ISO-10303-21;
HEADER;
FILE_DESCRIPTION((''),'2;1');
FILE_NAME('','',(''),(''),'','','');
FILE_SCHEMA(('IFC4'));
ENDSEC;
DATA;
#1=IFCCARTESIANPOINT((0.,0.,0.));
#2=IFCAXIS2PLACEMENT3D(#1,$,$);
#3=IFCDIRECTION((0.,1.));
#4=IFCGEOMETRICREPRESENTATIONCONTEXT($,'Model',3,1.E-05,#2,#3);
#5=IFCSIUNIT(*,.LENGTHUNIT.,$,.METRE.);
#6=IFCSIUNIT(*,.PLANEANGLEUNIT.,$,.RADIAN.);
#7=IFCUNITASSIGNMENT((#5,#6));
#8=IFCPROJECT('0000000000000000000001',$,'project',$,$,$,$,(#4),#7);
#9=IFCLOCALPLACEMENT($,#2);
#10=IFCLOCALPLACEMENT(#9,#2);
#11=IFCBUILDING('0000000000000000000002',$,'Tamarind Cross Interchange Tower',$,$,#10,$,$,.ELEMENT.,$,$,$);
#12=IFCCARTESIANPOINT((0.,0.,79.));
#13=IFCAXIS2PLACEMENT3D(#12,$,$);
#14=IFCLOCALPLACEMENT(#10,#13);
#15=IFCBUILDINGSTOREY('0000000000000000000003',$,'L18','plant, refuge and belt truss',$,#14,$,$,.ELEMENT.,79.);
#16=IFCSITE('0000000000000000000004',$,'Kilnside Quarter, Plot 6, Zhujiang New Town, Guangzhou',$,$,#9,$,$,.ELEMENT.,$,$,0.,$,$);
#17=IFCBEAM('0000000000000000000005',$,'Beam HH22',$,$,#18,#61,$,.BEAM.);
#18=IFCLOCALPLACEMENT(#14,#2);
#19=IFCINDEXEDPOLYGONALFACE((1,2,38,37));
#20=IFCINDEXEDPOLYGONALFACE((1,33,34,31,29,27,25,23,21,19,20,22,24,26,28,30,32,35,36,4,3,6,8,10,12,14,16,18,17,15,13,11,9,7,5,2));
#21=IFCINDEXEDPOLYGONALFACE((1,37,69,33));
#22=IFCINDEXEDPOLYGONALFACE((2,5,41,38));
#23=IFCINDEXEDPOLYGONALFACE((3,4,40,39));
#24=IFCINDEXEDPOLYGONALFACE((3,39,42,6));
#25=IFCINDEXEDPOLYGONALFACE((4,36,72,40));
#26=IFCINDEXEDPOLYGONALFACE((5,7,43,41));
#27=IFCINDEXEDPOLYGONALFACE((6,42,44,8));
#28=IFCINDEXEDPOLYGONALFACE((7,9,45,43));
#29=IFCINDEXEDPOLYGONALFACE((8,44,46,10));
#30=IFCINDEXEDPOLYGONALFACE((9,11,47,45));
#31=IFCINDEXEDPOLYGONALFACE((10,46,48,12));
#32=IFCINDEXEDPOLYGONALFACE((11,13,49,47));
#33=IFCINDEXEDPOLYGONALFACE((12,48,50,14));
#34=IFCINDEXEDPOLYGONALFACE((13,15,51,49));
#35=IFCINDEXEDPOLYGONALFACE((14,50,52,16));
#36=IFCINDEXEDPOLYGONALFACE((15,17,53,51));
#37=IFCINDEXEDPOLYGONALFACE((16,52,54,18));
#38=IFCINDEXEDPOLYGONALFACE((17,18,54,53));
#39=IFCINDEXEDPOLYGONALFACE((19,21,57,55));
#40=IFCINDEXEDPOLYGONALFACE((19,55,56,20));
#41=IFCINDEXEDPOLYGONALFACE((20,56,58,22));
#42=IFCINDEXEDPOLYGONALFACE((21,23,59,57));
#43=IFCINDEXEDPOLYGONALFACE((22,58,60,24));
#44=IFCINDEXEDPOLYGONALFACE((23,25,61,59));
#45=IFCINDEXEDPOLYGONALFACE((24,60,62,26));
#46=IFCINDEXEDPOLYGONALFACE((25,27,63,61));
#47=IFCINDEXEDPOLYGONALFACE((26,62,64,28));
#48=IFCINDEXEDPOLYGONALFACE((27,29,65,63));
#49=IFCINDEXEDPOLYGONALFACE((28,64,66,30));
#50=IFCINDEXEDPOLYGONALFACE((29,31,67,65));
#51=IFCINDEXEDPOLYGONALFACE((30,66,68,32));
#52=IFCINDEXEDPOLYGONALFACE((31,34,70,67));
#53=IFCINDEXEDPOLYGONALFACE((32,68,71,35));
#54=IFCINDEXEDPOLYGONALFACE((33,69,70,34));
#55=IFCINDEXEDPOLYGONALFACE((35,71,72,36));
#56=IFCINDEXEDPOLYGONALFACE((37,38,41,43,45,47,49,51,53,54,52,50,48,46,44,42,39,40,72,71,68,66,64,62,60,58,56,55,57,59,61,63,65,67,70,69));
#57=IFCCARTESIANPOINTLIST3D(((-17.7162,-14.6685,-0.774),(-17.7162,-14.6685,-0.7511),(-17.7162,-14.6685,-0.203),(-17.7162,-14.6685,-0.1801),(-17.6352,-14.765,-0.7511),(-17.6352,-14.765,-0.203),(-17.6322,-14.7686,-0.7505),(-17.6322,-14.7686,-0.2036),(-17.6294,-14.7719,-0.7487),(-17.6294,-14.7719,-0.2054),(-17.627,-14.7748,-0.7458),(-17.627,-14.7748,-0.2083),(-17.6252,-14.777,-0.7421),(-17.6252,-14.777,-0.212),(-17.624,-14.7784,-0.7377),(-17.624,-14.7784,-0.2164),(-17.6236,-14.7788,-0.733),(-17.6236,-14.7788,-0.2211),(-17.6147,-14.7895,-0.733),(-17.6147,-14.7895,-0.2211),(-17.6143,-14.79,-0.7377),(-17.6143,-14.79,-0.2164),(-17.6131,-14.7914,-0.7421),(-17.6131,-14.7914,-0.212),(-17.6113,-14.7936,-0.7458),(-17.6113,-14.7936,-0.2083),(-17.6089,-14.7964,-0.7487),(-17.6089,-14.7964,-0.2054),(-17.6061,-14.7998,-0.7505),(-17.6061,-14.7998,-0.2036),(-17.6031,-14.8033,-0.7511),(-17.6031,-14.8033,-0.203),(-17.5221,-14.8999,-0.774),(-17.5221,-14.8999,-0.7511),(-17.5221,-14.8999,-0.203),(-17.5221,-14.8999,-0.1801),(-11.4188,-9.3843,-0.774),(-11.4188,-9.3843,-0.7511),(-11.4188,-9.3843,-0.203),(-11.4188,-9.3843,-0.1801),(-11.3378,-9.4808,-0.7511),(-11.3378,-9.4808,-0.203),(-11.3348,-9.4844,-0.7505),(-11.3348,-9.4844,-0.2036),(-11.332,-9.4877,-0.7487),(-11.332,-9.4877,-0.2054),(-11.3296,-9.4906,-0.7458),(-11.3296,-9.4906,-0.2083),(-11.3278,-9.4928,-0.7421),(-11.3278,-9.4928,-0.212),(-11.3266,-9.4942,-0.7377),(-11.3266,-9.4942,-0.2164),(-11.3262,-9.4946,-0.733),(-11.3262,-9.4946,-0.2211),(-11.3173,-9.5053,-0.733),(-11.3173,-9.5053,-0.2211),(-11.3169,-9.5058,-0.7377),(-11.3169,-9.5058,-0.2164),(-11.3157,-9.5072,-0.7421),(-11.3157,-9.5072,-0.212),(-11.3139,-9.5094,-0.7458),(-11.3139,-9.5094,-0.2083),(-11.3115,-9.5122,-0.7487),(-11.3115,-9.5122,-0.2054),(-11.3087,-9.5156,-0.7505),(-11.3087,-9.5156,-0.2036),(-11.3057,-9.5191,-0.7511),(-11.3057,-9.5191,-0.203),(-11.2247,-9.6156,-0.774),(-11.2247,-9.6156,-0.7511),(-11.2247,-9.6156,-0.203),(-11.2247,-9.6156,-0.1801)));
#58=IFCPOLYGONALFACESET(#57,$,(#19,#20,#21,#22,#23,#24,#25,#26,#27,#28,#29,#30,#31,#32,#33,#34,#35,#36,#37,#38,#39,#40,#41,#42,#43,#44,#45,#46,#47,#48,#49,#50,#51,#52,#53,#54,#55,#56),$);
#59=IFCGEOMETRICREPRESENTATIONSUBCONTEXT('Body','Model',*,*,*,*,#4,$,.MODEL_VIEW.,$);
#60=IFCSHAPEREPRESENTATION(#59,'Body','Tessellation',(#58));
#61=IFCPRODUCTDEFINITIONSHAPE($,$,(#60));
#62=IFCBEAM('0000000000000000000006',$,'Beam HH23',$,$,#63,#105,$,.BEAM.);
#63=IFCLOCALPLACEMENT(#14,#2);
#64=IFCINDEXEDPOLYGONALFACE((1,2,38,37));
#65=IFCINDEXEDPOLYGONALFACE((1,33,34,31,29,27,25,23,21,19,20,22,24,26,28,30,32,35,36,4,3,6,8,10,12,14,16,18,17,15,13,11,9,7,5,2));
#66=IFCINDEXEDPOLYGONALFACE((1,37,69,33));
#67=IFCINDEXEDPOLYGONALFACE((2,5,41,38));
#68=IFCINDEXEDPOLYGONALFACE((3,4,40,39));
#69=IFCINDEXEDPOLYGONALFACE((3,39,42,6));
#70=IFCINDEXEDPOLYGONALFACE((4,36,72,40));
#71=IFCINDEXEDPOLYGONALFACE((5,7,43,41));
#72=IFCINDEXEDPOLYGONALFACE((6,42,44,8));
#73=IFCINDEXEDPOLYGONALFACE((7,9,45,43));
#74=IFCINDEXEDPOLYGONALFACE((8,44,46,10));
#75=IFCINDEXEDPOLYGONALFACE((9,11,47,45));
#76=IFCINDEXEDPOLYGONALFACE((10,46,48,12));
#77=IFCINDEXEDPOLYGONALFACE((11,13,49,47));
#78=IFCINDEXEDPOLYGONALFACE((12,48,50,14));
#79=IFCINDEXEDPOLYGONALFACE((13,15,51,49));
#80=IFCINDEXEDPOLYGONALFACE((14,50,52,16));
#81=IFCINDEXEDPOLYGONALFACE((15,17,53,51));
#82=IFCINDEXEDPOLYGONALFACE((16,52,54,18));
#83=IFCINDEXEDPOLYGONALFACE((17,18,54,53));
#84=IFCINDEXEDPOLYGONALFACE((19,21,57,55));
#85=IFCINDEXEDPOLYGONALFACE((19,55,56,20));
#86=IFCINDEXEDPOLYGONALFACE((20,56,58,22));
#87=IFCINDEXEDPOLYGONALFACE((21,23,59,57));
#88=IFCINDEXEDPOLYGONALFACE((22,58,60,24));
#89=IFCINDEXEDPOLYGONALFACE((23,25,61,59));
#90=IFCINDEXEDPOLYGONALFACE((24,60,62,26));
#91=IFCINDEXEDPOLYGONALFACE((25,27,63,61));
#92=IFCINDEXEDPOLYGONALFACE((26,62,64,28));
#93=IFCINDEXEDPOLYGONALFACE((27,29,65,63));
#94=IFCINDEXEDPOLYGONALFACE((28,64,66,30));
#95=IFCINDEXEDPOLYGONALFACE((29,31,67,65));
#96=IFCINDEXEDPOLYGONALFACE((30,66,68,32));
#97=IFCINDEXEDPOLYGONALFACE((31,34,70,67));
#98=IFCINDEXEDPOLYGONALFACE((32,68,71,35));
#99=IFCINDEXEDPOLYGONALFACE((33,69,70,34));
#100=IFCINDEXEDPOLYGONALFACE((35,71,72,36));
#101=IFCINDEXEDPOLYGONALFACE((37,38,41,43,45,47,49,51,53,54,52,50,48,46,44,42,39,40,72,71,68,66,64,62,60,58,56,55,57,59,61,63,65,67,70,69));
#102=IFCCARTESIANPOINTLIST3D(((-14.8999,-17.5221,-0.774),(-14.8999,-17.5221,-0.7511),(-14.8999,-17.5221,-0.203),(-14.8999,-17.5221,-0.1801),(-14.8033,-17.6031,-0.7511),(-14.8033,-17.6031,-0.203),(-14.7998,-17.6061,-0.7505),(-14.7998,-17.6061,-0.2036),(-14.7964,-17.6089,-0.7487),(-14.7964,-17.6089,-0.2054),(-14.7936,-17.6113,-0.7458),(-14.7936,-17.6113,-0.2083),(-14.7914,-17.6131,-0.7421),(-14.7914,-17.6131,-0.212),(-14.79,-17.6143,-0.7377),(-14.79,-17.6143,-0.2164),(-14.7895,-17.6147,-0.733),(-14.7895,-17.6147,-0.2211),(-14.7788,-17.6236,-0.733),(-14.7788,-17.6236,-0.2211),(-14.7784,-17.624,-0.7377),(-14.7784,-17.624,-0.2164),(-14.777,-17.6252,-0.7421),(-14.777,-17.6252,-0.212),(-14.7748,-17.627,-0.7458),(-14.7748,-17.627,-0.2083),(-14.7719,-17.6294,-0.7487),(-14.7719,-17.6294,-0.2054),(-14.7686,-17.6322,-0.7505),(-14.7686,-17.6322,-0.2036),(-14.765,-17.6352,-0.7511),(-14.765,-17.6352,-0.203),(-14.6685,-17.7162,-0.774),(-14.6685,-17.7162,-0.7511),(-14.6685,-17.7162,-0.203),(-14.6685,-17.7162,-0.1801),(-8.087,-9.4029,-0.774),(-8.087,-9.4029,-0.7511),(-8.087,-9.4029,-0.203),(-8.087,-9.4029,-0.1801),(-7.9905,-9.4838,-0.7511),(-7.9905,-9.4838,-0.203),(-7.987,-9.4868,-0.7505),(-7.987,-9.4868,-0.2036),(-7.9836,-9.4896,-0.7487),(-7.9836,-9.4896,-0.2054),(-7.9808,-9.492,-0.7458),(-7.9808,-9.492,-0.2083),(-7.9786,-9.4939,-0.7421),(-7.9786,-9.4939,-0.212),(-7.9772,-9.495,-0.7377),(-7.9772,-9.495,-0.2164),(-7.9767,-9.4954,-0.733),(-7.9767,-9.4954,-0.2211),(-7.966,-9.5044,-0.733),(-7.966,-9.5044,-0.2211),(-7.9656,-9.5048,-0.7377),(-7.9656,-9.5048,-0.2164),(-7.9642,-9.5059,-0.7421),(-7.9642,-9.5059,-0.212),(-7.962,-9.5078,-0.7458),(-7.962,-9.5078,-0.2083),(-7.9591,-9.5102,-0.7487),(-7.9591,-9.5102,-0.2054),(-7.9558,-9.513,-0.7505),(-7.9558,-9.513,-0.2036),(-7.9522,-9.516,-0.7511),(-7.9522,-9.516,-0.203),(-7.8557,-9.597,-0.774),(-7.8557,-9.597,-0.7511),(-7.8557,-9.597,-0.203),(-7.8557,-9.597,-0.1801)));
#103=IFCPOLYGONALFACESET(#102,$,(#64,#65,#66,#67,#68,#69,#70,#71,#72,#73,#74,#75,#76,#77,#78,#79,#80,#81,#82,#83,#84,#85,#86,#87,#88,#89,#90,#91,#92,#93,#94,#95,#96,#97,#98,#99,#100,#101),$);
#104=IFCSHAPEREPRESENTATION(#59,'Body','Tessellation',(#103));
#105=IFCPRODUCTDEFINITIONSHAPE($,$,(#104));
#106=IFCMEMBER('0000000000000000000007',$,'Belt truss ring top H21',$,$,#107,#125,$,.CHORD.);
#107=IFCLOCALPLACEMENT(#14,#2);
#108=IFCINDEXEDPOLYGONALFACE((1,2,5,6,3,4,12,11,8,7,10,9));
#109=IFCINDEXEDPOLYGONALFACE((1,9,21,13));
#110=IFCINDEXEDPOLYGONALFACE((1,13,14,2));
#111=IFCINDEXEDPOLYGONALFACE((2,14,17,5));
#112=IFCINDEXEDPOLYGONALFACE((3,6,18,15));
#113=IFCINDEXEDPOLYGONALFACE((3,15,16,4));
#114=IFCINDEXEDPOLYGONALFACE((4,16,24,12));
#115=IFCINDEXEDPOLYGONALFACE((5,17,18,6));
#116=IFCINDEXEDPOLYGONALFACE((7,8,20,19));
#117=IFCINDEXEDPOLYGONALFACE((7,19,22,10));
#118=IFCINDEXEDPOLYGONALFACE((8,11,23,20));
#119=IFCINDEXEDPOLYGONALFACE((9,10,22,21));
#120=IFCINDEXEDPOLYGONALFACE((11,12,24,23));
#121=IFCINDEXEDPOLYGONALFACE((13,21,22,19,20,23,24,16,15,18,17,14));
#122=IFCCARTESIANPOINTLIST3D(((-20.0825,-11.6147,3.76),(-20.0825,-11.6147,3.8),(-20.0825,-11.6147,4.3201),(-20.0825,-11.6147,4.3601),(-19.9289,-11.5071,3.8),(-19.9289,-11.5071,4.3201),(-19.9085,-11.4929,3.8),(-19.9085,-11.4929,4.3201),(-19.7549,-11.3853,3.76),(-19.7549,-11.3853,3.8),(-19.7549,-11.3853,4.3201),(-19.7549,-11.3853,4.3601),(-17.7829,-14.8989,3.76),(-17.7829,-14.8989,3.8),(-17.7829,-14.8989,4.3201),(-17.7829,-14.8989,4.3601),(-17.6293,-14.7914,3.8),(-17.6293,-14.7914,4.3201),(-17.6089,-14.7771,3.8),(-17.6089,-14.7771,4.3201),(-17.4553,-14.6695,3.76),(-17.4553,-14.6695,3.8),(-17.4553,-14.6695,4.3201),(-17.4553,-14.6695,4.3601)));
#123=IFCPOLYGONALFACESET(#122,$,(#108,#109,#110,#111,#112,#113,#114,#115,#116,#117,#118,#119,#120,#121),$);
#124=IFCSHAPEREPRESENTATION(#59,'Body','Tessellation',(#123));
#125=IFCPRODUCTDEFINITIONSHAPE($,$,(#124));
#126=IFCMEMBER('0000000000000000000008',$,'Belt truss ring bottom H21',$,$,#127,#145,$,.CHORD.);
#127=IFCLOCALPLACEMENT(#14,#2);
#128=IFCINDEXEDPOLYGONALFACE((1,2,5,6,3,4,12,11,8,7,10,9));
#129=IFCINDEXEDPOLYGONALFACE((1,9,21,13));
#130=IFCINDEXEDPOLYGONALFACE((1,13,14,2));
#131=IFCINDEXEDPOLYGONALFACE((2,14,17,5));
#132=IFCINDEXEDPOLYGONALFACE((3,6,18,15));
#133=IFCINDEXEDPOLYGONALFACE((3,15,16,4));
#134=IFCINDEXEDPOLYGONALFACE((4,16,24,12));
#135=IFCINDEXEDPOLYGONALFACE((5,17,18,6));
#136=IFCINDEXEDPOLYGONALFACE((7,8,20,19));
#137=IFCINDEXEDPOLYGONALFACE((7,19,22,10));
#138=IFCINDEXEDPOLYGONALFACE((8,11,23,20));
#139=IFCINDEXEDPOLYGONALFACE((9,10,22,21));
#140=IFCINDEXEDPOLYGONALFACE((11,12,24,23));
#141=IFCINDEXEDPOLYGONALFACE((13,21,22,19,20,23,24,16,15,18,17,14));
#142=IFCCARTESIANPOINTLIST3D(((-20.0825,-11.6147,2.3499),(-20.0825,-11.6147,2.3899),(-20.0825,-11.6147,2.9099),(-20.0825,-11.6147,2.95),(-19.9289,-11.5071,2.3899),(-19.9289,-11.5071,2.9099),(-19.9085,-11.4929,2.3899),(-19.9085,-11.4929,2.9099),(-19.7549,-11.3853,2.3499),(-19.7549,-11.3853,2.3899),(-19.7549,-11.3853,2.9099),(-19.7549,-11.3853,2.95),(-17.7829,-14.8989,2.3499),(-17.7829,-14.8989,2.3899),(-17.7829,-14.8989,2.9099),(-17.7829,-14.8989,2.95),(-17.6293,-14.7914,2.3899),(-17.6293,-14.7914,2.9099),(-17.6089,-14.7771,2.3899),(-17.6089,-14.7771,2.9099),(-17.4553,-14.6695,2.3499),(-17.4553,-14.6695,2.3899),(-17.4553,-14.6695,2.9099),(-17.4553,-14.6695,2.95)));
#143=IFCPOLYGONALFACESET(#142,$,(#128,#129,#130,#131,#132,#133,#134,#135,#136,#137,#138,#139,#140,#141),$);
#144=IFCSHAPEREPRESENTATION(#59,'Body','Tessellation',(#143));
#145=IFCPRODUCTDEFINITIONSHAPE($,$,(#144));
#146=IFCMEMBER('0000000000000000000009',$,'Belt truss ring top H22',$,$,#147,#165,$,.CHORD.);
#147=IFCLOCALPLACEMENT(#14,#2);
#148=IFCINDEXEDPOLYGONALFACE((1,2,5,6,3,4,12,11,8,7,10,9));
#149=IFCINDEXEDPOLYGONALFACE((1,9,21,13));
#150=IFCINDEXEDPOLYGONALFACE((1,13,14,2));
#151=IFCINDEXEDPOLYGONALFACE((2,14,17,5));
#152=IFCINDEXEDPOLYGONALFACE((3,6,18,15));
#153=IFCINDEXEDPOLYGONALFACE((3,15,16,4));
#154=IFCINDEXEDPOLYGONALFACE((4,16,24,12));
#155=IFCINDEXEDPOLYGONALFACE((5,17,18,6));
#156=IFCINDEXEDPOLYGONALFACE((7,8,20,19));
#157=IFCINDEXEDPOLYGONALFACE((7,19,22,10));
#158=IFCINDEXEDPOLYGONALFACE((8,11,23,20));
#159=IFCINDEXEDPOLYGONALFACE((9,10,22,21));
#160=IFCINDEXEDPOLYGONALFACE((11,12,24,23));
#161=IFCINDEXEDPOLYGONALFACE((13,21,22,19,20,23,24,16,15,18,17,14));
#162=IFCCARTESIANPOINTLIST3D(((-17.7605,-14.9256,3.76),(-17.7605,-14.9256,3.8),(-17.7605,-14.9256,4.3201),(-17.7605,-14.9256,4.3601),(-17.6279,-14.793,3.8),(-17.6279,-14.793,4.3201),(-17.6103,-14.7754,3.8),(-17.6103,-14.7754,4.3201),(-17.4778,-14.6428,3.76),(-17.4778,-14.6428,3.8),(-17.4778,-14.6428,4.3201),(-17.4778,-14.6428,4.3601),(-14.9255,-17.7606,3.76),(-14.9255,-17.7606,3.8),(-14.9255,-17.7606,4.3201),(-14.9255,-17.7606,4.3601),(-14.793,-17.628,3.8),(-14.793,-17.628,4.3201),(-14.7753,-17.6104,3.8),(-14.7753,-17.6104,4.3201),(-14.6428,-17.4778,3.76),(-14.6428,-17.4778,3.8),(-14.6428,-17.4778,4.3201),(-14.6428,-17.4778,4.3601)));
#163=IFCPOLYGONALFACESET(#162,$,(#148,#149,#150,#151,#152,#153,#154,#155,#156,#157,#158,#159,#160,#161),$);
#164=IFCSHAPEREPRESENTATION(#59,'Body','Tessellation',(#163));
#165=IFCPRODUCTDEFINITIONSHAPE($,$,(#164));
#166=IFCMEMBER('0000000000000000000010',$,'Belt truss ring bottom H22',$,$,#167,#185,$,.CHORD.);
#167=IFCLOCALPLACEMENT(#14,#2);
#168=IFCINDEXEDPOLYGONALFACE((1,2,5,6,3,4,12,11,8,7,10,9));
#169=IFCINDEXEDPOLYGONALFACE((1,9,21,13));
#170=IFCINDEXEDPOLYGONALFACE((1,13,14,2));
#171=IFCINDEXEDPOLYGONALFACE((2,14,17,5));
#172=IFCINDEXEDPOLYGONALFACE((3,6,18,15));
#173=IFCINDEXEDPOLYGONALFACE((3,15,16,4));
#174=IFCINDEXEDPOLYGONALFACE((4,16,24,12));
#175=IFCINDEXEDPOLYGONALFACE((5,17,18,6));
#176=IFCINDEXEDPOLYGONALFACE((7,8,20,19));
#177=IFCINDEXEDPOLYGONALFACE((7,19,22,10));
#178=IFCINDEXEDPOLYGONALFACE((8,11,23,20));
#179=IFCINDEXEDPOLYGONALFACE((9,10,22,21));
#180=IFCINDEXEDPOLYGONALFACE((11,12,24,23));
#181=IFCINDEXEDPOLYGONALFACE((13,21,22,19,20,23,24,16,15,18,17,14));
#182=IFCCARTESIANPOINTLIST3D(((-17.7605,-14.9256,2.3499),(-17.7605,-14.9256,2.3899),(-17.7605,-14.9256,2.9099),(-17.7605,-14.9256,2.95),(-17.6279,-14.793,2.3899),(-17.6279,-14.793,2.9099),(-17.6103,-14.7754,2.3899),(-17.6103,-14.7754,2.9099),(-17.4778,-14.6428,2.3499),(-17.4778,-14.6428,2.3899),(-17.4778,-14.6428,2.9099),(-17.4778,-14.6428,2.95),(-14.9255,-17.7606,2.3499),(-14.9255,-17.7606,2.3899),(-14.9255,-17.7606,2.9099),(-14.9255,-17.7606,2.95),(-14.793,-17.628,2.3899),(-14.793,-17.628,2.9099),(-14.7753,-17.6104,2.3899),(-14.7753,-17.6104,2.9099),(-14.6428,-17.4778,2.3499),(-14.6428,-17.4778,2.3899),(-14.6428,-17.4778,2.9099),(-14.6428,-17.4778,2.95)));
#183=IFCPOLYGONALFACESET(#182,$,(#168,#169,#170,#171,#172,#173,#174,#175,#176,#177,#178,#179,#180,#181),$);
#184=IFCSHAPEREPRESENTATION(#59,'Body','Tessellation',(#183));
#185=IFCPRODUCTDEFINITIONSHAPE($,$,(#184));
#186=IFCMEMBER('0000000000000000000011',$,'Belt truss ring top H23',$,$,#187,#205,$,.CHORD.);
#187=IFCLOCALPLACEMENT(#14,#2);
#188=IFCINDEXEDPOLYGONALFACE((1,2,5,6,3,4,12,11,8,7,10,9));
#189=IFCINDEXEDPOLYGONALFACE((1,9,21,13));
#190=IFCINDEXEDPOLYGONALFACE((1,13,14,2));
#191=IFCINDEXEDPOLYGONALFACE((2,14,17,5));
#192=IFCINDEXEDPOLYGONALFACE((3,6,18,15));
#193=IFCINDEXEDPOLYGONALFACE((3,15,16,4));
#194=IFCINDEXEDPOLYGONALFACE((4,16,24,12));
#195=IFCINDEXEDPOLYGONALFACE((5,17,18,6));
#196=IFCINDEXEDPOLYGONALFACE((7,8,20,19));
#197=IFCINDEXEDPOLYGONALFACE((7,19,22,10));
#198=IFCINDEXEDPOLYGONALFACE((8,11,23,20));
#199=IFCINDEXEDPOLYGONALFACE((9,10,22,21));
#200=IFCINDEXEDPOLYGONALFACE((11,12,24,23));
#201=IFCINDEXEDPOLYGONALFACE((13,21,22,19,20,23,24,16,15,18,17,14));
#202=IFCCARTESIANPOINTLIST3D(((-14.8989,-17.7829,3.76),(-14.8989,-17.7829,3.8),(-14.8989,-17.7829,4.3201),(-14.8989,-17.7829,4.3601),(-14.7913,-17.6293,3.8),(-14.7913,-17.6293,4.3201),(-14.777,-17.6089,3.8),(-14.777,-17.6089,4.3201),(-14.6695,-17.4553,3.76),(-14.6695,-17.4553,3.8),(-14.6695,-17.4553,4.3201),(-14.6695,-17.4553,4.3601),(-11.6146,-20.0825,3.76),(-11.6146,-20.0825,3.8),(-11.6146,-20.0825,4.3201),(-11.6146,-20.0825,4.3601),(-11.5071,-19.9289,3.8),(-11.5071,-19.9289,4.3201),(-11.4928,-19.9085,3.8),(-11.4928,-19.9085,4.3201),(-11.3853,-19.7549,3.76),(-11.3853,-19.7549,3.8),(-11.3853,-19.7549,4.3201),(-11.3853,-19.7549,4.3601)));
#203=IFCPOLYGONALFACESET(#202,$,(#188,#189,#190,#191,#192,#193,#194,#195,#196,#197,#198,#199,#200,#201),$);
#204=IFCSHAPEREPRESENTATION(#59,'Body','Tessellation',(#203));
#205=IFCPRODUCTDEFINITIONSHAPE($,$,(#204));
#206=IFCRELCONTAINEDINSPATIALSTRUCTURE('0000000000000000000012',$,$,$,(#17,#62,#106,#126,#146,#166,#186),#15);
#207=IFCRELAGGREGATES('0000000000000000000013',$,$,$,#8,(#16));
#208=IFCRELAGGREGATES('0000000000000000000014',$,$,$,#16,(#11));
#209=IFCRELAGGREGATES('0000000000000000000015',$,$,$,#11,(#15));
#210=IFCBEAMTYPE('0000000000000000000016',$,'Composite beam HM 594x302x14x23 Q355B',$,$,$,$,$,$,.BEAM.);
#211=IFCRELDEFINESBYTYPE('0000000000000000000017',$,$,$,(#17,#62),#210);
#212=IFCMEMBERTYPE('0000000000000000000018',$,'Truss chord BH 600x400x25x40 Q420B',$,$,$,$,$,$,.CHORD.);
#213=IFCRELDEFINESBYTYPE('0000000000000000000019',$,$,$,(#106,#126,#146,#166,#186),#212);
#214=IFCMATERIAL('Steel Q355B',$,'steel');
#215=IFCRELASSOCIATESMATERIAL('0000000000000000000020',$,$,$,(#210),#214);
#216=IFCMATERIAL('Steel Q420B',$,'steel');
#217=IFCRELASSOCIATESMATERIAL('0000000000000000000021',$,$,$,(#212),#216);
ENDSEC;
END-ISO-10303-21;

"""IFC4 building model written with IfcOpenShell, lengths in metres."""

from ifc_helpers import new_model, si_unit, direction, frame, origin, origin_2d, place, context, subcontext, project, spatial, i_section, extrude, material, material_profile, profile_set, type_object, element, save


model = new_model("IFC4")

# Units and contexts
model_context = context("Model", 3, precision=1e-05, world=origin(), true_north=direction((0.0, 1.0)))
body_context = subcontext(model_context, "Body", "Model", "MODEL_VIEW")
ifc_project = project(units=[si_unit("LENGTHUNIT", "METRE"), si_unit("PLANEANGLEUNIT", "RADIAN")], contexts=[model_context])

# Site, building, storey
site_placement = place(None, origin())
site = spatial("IfcSite", under=ifc_project, at=site_placement, Name="Kilnside Quarter, Plot 6, Zhujiang New Town, Guangzhou", CompositionType="ELEMENT", RefElevation=0.0)
building_placement = place(site_placement, origin())
building = spatial("IfcBuilding", under=site, at=building_placement, Name="Tamarind Cross Interchange Tower", CompositionType="ELEMENT")
storey_placement = place(building_placement, frame((0.0, 0.0, 79.0)))
storey = spatial("IfcBuildingStorey", under=building, at=storey_placement, Name="L18", Description="plant, refuge and belt truss", CompositionType="ELEMENT", Elevation=79.0)

# Beams
ifc_material_1 = material(Name="Steel Q355B", Category="steel")
ifc_material_profile_1 = material_profile(ifc_material_1, i_section(OverallWidth=0.302, OverallDepth=0.594, WebThickness=0.0139, FlangeThickness=0.0229, FilletRadius=0.0181, at=origin_2d()), Name="HM 594x302x14x23")
ifc_profile_set_1 = profile_set([ifc_material_profile_1], Name="Steel Q355B")
beam_type = type_object("IfcBeamType", Name="Composite beam HM 594x302x14x23 Q355B", PredefinedType="BEAM", material=ifc_profile_set_1)
beam_1_placement = place(storey_placement, frame((-17.6191, -14.7842, -0.4771), z_axis=(0.766041, 0.642792, 0.0), x_axis=(-0.642792, 0.766041, 0.0)))
element("IfcBeam", 1, at=beam_1_placement, inside=storey, type_object=beam_type, Name="Beam HH22", PredefinedType="BEAM", context=body_context, shape_type="SweptSolid", body=[
    extrude(i_section(OverallWidth=0.302, OverallDepth=0.594, WebThickness=0.0139, FlangeThickness=0.0229, FilletRadius=0.0181, at=origin_2d()), origin(), (0.0, 0.0, 1.0), 8.2207),
])
beam_2_placement = place(storey_placement, frame((-14.7842, -17.6191, -0.4771), z_axis=(0.642786, 0.766046, 0.0), x_axis=(-0.766046, 0.642786, 0.0)))
element("IfcBeam", 2, at=beam_2_placement, inside=storey, type_object=beam_type, Name="Beam HH23", PredefinedType="BEAM", context=body_context, shape_type="SweptSolid", body=[
    extrude(i_section(OverallWidth=0.302, OverallDepth=0.594, WebThickness=0.0139, FlangeThickness=0.0229, FilletRadius=0.0181, at=origin_2d()), origin(), (0.0, 0.0, 1.0), 10.5989),
])

# Members
ifc_material_2 = material(Name="Steel Q420B", Category="steel")
ifc_material_profile_2 = material_profile(ifc_material_2, i_section(OverallWidth=0.3999, OverallDepth=0.6001, WebThickness=0.0249, FlangeThickness=0.04, at=origin_2d()), Name="BH 600x400x25x40")
ifc_profile_set_2 = profile_set([ifc_material_profile_2], Name="Steel Q420B")
member_type_1 = type_object("IfcMemberType", Name="Truss chord BH 600x400x25x40 Q420B", PredefinedType="CHORD", material=ifc_profile_set_2)
for number, where, z_axis, x_axis, name in (
    (3, (-19.9187, -11.5, 4.0601), (0.573569, -0.819158, 0.0), (0.819158, 0.573569, 0.0), "Belt truss ring top H21"),
    (4, (-19.9187, -11.5, 2.6499), (0.573569, -0.819158, 0.0), (0.819158, 0.573569, 0.0), "Belt truss ring bottom H21"),
    (5, (-17.6191, -14.7842, 4.0601), (0.707107, -0.707107, 0.0), (0.707107, 0.707107, 0.0), "Belt truss ring top H22"),
    (6, (-17.6191, -14.7842, 2.6499), (0.707107, -0.707107, 0.0), (0.707107, 0.707107, 0.0), "Belt truss ring bottom H22"),
    (7, (-14.7842, -17.6191, 4.0601), (0.819158, -0.573569, 0.0), (0.573569, 0.819158, 0.0), "Belt truss ring top H23"),
):
    element("IfcMember", number, at=place(storey_placement, frame(where, z_axis=z_axis, x_axis=x_axis)), inside=storey, type_object=member_type_1, Name=name, PredefinedType="CHORD", context=body_context, shape_type="SweptSolid", body=[
        extrude(i_section(OverallWidth=0.3999, OverallDepth=0.6001, WebThickness=0.0249, FlangeThickness=0.04, at=origin_2d()), origin(), (0.0, 0.0, 1.0), 4.0093),
    ])

save(model, "model.ifc")
